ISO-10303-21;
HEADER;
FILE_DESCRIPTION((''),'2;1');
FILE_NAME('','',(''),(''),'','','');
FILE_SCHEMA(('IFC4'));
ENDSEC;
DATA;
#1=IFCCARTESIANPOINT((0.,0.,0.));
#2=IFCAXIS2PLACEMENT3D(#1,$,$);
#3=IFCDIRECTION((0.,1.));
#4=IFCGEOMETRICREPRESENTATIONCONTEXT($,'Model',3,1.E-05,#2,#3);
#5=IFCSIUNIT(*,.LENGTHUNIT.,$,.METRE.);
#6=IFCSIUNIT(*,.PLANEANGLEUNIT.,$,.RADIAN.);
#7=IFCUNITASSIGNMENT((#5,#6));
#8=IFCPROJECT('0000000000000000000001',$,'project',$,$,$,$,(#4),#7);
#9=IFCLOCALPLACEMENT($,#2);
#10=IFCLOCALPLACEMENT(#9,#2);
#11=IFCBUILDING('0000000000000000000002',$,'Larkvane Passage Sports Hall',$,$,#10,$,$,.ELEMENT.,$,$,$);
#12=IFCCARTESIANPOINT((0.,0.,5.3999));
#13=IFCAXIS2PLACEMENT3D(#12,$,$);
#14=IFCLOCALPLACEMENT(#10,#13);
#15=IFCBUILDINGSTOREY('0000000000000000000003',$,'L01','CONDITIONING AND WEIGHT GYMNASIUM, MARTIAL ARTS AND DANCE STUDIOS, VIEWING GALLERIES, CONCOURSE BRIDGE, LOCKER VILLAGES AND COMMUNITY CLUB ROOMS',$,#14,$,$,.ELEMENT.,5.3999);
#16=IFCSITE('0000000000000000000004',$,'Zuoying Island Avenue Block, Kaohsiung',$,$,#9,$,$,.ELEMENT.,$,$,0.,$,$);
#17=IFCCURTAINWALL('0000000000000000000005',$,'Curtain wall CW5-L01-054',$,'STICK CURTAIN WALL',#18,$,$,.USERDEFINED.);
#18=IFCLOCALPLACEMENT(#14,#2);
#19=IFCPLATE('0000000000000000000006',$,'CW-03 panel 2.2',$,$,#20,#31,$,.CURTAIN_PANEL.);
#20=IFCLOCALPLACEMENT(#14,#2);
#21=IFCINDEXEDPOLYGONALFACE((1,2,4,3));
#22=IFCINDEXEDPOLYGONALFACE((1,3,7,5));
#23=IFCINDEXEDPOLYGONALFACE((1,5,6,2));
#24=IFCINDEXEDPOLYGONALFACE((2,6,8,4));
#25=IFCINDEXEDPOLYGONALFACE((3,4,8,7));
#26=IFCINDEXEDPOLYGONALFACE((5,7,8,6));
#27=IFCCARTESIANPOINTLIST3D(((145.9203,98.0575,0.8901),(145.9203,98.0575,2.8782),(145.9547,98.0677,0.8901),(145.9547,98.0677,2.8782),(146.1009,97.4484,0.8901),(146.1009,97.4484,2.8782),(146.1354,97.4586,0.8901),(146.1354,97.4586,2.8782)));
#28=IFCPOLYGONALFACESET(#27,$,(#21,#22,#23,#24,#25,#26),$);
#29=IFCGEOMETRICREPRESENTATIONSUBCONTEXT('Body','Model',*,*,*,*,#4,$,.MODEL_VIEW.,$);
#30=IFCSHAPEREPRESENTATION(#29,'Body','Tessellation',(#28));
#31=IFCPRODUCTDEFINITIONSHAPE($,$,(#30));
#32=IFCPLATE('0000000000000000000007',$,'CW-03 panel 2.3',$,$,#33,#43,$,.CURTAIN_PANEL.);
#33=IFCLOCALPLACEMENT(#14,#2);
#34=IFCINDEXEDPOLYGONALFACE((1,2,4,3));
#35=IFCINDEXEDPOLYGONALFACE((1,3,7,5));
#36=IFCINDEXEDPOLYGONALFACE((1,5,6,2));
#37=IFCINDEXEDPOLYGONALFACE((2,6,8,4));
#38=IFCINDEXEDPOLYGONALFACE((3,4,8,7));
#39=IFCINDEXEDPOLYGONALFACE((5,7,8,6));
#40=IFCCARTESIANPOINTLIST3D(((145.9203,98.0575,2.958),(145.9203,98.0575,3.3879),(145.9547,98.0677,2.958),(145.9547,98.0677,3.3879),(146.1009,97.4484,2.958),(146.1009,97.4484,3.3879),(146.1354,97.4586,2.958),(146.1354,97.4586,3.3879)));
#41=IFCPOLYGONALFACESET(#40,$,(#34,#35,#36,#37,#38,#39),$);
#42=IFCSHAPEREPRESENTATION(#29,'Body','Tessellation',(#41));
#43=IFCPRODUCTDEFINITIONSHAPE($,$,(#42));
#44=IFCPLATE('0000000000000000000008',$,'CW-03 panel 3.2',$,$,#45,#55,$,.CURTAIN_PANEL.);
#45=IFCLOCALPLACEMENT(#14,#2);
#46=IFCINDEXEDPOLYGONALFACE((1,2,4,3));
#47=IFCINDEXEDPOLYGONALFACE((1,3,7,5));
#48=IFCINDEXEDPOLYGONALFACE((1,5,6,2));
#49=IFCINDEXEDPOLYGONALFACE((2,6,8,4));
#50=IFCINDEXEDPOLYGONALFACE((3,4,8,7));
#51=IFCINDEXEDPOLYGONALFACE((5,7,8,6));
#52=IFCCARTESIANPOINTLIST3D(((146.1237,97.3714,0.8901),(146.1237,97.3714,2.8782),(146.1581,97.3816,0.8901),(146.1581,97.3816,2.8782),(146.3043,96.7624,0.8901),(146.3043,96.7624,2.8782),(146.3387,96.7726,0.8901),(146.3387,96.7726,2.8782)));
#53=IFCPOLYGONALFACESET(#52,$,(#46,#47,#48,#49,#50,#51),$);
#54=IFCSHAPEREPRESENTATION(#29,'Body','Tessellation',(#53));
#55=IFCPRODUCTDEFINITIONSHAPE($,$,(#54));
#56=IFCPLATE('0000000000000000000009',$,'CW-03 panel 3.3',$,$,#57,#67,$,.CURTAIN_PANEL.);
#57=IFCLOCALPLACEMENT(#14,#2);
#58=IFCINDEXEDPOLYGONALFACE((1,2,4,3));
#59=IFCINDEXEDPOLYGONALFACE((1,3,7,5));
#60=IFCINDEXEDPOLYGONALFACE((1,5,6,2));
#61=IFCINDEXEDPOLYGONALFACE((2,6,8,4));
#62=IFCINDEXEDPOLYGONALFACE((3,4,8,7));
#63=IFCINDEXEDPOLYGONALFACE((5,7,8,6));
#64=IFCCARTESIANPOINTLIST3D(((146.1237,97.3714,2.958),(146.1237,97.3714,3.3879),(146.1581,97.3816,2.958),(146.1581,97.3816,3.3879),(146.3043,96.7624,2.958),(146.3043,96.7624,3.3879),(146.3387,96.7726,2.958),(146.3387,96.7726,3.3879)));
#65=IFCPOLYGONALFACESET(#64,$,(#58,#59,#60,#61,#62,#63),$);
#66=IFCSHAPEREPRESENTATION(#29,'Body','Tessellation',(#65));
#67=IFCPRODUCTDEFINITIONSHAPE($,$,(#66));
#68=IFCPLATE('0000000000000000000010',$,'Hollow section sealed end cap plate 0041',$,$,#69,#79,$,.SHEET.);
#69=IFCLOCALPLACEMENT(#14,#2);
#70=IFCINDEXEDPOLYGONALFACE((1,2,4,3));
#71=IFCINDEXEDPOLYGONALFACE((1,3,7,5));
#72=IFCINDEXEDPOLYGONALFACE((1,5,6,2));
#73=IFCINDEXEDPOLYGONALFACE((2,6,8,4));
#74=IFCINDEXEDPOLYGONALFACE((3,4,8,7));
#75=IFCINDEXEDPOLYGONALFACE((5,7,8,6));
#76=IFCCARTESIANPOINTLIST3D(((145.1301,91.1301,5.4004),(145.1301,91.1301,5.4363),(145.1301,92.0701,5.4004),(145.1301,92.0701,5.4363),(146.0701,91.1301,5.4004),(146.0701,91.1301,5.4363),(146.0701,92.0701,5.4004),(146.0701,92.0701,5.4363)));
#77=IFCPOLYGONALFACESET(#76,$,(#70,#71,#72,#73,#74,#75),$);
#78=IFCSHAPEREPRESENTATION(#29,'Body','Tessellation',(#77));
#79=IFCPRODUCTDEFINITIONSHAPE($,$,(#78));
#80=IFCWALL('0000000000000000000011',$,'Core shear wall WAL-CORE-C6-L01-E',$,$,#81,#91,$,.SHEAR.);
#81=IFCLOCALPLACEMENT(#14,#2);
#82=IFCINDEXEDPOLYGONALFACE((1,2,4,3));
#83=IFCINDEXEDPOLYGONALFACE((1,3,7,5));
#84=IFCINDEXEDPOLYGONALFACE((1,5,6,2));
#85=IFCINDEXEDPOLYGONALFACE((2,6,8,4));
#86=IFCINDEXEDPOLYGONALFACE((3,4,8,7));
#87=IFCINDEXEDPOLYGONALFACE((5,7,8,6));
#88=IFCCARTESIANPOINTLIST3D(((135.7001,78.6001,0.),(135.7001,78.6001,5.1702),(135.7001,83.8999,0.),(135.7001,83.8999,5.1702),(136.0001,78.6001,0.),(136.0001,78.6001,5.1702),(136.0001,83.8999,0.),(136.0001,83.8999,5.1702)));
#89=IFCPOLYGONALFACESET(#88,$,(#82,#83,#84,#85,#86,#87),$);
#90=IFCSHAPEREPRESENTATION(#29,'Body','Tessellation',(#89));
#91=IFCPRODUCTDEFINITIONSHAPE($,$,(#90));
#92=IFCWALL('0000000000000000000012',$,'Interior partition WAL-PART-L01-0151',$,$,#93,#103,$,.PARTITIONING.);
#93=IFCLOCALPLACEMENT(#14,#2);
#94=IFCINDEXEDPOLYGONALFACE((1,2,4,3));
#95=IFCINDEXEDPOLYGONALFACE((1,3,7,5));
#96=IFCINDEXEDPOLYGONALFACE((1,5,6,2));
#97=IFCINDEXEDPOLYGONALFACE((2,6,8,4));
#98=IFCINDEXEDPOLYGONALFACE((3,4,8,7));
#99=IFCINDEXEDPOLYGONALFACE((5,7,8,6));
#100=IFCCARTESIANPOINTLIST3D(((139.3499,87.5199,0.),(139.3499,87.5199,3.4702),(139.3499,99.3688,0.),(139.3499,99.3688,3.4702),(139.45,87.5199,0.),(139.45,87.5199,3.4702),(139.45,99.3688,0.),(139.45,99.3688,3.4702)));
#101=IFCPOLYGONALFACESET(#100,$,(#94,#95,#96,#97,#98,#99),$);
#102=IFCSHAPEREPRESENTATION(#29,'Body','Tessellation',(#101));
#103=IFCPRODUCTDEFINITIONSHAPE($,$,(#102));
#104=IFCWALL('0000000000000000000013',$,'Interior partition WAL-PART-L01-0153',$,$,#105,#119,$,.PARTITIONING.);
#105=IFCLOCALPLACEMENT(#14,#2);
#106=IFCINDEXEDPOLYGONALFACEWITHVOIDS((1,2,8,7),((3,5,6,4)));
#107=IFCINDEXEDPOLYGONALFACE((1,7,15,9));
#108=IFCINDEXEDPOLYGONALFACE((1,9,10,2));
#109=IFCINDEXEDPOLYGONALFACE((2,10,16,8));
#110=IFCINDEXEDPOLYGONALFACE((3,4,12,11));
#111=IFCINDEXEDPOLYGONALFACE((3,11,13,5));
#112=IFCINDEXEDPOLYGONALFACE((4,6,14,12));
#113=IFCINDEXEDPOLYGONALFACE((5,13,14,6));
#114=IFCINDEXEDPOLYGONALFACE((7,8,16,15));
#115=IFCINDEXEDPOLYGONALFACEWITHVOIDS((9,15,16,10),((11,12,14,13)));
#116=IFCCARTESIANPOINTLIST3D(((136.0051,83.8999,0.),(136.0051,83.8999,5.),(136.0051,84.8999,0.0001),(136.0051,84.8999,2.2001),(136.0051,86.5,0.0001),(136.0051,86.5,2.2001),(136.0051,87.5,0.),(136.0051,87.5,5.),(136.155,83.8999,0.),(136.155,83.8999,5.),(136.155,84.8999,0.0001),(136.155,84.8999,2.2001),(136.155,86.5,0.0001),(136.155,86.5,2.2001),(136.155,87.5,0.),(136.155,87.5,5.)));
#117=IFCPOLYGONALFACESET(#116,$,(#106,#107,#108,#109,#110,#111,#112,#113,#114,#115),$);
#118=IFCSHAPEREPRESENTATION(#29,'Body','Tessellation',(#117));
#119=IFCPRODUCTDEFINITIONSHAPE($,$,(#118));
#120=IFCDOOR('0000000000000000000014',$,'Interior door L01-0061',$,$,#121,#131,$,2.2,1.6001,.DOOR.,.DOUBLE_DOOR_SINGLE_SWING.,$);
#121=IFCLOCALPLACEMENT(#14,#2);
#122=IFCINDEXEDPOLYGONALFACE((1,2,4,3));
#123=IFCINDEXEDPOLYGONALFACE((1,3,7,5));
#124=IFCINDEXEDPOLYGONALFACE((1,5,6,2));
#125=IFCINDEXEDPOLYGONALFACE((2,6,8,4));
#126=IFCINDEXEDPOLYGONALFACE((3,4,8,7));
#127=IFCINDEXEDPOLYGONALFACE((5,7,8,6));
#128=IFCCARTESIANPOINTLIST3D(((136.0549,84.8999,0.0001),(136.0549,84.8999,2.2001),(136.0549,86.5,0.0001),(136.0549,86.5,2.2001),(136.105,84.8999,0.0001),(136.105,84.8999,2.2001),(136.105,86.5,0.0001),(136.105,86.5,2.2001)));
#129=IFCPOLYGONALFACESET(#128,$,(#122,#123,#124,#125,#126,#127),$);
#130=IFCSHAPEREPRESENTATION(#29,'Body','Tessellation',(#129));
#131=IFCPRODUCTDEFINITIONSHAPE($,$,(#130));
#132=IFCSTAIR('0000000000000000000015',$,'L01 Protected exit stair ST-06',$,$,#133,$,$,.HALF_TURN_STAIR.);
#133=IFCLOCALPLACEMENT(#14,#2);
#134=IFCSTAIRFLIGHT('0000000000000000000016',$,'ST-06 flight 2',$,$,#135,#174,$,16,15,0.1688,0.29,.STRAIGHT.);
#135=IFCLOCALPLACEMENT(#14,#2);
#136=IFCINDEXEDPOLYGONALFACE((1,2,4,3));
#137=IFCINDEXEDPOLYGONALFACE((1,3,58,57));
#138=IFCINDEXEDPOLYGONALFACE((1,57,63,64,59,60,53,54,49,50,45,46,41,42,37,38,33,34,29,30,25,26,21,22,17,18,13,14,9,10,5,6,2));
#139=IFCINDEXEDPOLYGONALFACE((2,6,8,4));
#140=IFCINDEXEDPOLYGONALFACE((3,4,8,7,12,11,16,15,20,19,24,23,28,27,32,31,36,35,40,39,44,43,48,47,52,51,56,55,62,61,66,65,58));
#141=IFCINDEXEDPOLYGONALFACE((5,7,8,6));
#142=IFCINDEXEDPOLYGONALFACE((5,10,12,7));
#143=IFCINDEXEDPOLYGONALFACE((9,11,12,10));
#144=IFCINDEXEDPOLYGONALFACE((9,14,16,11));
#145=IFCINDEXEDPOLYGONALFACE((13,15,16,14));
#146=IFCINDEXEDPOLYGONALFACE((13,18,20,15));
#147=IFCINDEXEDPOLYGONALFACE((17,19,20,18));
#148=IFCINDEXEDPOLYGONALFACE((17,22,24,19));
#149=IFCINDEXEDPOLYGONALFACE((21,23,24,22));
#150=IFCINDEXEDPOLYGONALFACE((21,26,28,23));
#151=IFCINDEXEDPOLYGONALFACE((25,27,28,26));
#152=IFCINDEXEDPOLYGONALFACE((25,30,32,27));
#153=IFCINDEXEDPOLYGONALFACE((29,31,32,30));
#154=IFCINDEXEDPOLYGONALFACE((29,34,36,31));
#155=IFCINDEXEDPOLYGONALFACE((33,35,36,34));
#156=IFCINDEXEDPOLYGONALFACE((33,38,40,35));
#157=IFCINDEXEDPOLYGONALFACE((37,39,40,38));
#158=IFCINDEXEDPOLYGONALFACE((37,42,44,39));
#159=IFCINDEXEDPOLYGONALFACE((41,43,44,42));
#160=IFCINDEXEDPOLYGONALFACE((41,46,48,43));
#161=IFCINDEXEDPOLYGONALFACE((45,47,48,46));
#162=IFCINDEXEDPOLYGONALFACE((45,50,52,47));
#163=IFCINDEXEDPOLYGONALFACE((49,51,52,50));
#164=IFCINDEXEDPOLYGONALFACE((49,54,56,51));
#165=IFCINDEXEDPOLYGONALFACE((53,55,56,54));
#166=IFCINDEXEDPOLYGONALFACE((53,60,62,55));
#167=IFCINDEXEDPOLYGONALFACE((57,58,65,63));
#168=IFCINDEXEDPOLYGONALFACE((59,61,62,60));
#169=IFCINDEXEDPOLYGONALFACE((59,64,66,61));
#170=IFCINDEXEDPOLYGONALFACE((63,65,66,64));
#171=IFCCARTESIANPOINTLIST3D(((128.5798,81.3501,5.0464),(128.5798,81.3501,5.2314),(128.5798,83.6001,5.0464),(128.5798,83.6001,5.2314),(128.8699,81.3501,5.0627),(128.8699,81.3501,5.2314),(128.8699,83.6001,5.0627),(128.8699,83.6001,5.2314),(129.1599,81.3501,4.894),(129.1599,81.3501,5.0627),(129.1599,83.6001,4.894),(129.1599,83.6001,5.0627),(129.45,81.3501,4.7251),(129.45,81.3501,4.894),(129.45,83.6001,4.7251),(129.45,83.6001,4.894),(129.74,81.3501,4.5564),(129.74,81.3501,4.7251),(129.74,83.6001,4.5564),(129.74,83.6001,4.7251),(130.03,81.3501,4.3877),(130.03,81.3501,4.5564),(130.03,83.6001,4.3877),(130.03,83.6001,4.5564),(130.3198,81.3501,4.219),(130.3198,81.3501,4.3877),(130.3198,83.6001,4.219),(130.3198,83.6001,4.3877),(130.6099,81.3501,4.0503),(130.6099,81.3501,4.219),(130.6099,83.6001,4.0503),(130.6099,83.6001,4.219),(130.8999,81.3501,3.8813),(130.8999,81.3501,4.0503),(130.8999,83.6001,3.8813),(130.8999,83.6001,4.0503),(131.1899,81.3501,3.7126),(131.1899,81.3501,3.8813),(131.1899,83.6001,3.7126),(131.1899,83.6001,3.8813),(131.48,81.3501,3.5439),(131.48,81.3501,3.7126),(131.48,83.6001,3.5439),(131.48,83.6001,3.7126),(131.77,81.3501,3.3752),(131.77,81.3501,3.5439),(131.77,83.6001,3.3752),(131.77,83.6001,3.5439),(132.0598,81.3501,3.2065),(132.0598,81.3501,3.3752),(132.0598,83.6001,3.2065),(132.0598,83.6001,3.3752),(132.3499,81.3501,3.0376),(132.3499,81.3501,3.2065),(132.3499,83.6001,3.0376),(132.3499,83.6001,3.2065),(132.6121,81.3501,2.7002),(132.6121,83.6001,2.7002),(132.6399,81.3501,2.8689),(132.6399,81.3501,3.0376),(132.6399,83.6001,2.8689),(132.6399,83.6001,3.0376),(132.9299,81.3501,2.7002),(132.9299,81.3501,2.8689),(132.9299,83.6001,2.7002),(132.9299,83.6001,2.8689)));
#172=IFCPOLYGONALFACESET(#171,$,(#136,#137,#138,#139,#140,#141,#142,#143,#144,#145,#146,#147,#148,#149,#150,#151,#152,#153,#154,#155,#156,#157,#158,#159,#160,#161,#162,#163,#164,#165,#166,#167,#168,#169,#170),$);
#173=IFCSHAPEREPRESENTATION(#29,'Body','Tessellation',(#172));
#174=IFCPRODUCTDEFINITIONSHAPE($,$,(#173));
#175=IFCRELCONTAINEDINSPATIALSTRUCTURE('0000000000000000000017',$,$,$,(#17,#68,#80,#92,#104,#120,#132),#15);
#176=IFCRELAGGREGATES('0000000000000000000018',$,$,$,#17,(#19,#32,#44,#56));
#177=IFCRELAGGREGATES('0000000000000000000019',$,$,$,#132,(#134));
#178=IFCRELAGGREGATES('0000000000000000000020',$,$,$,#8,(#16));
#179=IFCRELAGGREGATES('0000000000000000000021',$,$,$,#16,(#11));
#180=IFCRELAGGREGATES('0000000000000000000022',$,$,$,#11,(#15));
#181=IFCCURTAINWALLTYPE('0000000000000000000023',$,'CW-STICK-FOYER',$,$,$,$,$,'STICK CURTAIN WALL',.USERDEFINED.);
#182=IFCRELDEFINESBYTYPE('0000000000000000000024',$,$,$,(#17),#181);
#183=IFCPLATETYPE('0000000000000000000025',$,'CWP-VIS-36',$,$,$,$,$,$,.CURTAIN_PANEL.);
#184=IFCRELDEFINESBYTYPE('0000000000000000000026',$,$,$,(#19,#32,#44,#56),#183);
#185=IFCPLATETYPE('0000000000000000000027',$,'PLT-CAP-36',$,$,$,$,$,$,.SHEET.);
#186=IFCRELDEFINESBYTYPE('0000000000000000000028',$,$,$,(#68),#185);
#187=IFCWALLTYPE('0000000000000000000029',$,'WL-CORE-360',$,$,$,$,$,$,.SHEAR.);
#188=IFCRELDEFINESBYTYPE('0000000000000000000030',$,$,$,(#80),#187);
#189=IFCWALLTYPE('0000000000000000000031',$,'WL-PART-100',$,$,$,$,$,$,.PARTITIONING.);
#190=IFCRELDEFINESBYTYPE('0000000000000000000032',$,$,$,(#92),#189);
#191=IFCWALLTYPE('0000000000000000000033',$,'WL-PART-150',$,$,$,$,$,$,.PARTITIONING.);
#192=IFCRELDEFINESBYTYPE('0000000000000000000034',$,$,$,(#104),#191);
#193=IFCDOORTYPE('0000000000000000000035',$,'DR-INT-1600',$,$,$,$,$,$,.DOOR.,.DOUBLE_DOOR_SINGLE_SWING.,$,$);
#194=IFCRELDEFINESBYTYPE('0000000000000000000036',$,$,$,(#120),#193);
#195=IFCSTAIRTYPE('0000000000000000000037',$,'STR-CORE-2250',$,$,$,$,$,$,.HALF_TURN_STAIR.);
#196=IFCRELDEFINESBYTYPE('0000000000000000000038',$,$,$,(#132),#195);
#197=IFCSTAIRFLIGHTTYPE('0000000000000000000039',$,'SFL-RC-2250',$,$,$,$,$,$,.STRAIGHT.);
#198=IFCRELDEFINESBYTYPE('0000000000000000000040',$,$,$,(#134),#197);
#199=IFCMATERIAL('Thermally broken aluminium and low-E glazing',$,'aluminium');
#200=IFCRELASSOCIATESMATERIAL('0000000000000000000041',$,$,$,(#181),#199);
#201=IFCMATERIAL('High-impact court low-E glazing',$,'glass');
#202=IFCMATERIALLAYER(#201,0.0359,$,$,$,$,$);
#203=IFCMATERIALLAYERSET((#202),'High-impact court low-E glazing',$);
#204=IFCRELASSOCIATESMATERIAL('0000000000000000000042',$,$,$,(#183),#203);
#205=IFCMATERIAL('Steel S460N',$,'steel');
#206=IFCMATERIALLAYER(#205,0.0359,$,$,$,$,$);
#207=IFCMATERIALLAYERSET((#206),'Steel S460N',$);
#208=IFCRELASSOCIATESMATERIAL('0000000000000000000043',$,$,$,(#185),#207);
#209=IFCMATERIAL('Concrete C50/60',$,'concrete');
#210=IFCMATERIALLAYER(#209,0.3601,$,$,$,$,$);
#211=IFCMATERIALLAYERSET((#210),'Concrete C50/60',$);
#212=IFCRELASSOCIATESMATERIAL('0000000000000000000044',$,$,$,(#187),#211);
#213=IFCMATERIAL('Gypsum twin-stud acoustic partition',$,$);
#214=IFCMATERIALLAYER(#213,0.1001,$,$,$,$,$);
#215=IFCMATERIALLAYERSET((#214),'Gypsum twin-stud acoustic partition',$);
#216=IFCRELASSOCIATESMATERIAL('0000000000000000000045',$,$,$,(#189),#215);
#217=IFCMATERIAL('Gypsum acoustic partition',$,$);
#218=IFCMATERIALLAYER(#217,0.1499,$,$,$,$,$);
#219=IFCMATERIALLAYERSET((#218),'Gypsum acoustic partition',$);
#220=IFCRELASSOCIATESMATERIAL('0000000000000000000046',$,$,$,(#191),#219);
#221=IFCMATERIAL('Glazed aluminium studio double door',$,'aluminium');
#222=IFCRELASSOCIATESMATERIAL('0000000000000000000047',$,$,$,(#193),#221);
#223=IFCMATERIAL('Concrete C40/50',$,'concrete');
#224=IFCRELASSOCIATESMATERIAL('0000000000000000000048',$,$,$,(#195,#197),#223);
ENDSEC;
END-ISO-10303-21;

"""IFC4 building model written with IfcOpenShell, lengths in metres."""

from ifc_helpers import new_model, si_unit, direction, frame, frame_2d, origin, origin_2d, place, context, subcontext, project, spatial, polyline, rectangle, outline, extrude, material, layer, layer_set, type_object, element, fill, aggregate, save


model = new_model("IFC4")

# Units and contexts
model_context = context("Model", 3, precision=1e-05, world=origin(), true_north=direction((0.0, 1.0)))
body_context = subcontext(model_context, "Body", "Model", "MODEL_VIEW")
ifc_project = project(units=[si_unit("LENGTHUNIT", "METRE"), si_unit("PLANEANGLEUNIT", "RADIAN")], contexts=[model_context])

# Site, building, storey
site_placement = place(None, origin())
site = spatial("IfcSite", under=ifc_project, at=site_placement, Name="Zuoying Island Avenue Block, Kaohsiung", CompositionType="ELEMENT", RefElevation=0.0)
building_placement = place(site_placement, origin())
building = spatial("IfcBuilding", under=site, at=building_placement, Name="Larkvane Passage Sports Hall", CompositionType="ELEMENT")
storey_placement = place(building_placement, frame((0.0, 0.0, 5.3999)))
storey = spatial("IfcBuildingStorey", under=building, at=storey_placement, Name="L01", Description="CONDITIONING AND WEIGHT GYMNASIUM, MARTIAL ARTS AND DANCE STUDIOS, VIEWING GALLERIES, CONCOURSE BRIDGE, LOCKER VILLAGES AND COMMUNITY CLUB ROOMS", CompositionType="ELEMENT", Elevation=5.3999)

# Shared definitions
ifc_material_1 = material(Name="Steel S460N", Category="steel")

# Curtain wall
ifc_material_2 = material(Name="Thermally broken aluminium and low-E glazing", Category="aluminium")
curtain_wall_type = type_object("IfcCurtainWallType", Name="CW-STICK-FOYER", ElementType="STICK CURTAIN WALL", PredefinedType="USERDEFINED", material=ifc_material_2)
curtain_wall_placement = place(storey_placement, origin())
curtain_wall = element("IfcCurtainWall", 1, at=curtain_wall_placement, inside=storey, type_object=curtain_wall_type, Name="Curtain wall CW5-L01-054", ObjectType="STICK CURTAIN WALL", PredefinedType="USERDEFINED")

# Shared definitions
ifc_material_3 = material(Name="Concrete C40/50", Category="concrete")

# Plates
ifc_material_4 = material(Name="High-impact court low-E glazing", Category="glass")
ifc_layer_1 = layer(ifc_material_4, 0.0359)
ifc_layer_set_1 = layer_set([ifc_layer_1], Name="High-impact court low-E glazing")
plate_type_1 = type_object("IfcPlateType", Name="CWP-VIS-36", PredefinedType="CURTAIN_PANEL", material=ifc_layer_set_1)
plate_1_placement = place(storey_placement, frame((146.0278, 97.7581, 0.8901), z_axis=(0.0, 0.0, 1.0), x_axis=(0.284363, -0.958717, 0.0)))
plate_1 = element("IfcPlate", 2, at=plate_1_placement, type_object=plate_type_1, Name="CW-03 panel 2.2", PredefinedType="CURTAIN_PANEL", context=body_context, shape_type="SweptSolid", body=[
    extrude(rectangle(XDim=0.6353, YDim=0.0359, at=origin_2d()), origin(), (0.0, 0.0, 1.0), 1.988),
])
plate_2_placement = place(storey_placement, frame((146.0278, 97.7581, 2.958), z_axis=(0.0, 0.0, 1.0), x_axis=(0.284363, -0.958717, 0.0)))
plate_2 = element("IfcPlate", 3, at=plate_2_placement, type_object=plate_type_1, Name="CW-03 panel 2.3", PredefinedType="CURTAIN_PANEL", context=body_context, shape_type="SweptSolid", body=[
    extrude(rectangle(XDim=0.6353, YDim=0.0359, at=origin_2d()), origin(), (0.0, 0.0, 1.0), 0.4299),
])
plate_3_placement = place(storey_placement, frame((146.2312, 97.072, 0.8901), z_axis=(0.0, 0.0, 1.0), x_axis=(0.284363, -0.958717, 0.0)))
plate_3 = element("IfcPlate", 4, at=plate_3_placement, type_object=plate_type_1, Name="CW-03 panel 3.2", PredefinedType="CURTAIN_PANEL", context=body_context, shape_type="SweptSolid", body=[
    extrude(rectangle(XDim=0.6353, YDim=0.0359, at=origin_2d()), origin(), (0.0, 0.0, 1.0), 1.988),
])
plate_4_placement = place(storey_placement, frame((146.2312, 97.072, 2.958), z_axis=(0.0, 0.0, 1.0), x_axis=(0.284363, -0.958717, 0.0)))
plate_4 = element("IfcPlate", 5, at=plate_4_placement, type_object=plate_type_1, Name="CW-03 panel 3.3", PredefinedType="CURTAIN_PANEL", context=body_context, shape_type="SweptSolid", body=[
    extrude(rectangle(XDim=0.6353, YDim=0.0359, at=origin_2d()), origin(), (0.0, 0.0, 1.0), 0.4299),
])
aggregate(curtain_wall, [plate_1, plate_2, plate_3, plate_4])
ifc_layer_2 = layer(ifc_material_1, 0.0359)
ifc_layer_set_2 = layer_set([ifc_layer_2], Name="Steel S460N")
plate_type_2 = type_object("IfcPlateType", Name="PLT-CAP-36", PredefinedType="SHEET", material=ifc_layer_set_2)
plate_5_placement = place(storey_placement, frame((145.6001, 91.6001, 5.4004), z_axis=(0.0, 0.0, 1.0), x_axis=(1.0, 0.0, 0.0)))
element("IfcPlate", 6, at=plate_5_placement, inside=storey, type_object=plate_type_2, Name="Hollow section sealed end cap plate 0041", PredefinedType="SHEET", context=body_context, shape_type="SweptSolid", body=[
    extrude(rectangle(XDim=0.9399, YDim=0.9399, at=origin_2d()), origin(), (0.0, 0.0, 1.0), 0.0359),
])

# Walls
ifc_material_5 = material(Name="Concrete C50/60", Category="concrete")
ifc_layer_3 = layer(ifc_material_5, 0.3601)
ifc_layer_set_3 = layer_set([ifc_layer_3], Name="Concrete C50/60")
wall_type_1 = type_object("IfcWallType", Name="WL-CORE-360", PredefinedType="SHEAR", material=ifc_layer_set_3)
wall_1_placement = place(storey_placement, frame((135.8501, 83.8999, 0.0), z_axis=(0.0, 0.0, 1.0), x_axis=(0.0, -1.0, 0.0)))
element("IfcWall", 7, at=wall_1_placement, inside=storey, type_object=wall_type_1, Name="Core shear wall WAL-CORE-C6-L01-E", PredefinedType="SHEAR", context=body_context, shape_type="SweptSolid", body=[
    extrude(rectangle(XDim=5.2998, YDim=0.3, at=frame_2d((2.6499, 0.0))), origin(), (0.0, 0.0, 1.0), 5.1702),
])
ifc_material_6 = material(Name="Gypsum twin-stud acoustic partition")
ifc_layer_4 = layer(ifc_material_6, 0.1001)
ifc_layer_set_4 = layer_set([ifc_layer_4], Name="Gypsum twin-stud acoustic partition")
wall_type_2 = type_object("IfcWallType", Name="WL-PART-100", PredefinedType="PARTITIONING", material=ifc_layer_set_4)
wall_2_placement = place(storey_placement, frame((139.3999, 87.52, 0.0), z_axis=(0.0, 0.0, 1.0), x_axis=(0.0, 1.0, 0.0)))
element("IfcWall", 8, at=wall_2_placement, inside=storey, type_object=wall_type_2, Name="Interior partition WAL-PART-L01-0151", PredefinedType="PARTITIONING", context=body_context, shape_type="SweptSolid", body=[
    extrude(rectangle(XDim=11.8489, YDim=0.1001, at=frame_2d((5.9243, 0.0))), origin(), (0.0, 0.0, 1.0), 3.4702),
])

# Wall, opening, door
ifc_material_7 = material(Name="Gypsum acoustic partition")
ifc_layer_5 = layer(ifc_material_7, 0.1499)
ifc_layer_set_5 = layer_set([ifc_layer_5], Name="Gypsum acoustic partition")
wall_type_3 = type_object("IfcWallType", Name="WL-PART-150", PredefinedType="PARTITIONING", material=ifc_layer_set_5)
wall_3_placement = place(storey_placement, frame((136.0801, 87.5, 0.0), z_axis=(0.0, 0.0, 1.0), x_axis=(0.0, -1.0, 0.0)))
wall_3 = element("IfcWall", 9, at=wall_3_placement, inside=storey, type_object=wall_type_3, Name="Interior partition WAL-PART-L01-0153", PredefinedType="PARTITIONING", context=body_context, shape_type="SweptSolid", body=[
    extrude(rectangle(XDim=3.6001, YDim=0.1499, at=frame_2d((1.8, 0.0))), origin(), (0.0, 0.0, 1.0), 5.0),
])
opening_placement = place(wall_3_placement, frame((1.0, 0.0, 0.0)))
opening = element("IfcOpeningElement", 10, at=opening_placement, cuts=wall_3, PredefinedType="OPENING", context=body_context, shape_type="SweptSolid", body=[
    extrude(rectangle(XDim=1.6001, YDim=2.2, at=frame_2d((0.8, 1.1001))), frame((0.0, 0.085, 0.0), z_axis=(0.0, -1.0, 0.0), x_axis=(1.0, 0.0, 0.0)), (0.0, 0.0, 1.0), 0.1699),
])
ifc_material_8 = material(Name="Glazed aluminium studio double door", Category="aluminium")
door_type = type_object("IfcDoorType", Name="DR-INT-1600", OperationType="DOUBLE_DOOR_SINGLE_SWING", PredefinedType="DOOR", material=ifc_material_8)
door_placement = place(opening_placement, origin())
door = element("IfcDoor", 11, at=door_placement, inside=storey, type_object=door_type, Name="Interior door L01-0061", OperationType="DOUBLE_DOOR_SINGLE_SWING", OverallHeight=2.2, OverallWidth=1.6001, PredefinedType="DOOR", context=body_context, shape_type="SweptSolid", body=[
    extrude(rectangle(XDim=1.6001, YDim=2.2, at=frame_2d((0.8, 1.1001))), frame((0.0, 0.0249, 0.0), z_axis=(0.0, -1.0, 0.0), x_axis=(1.0, 0.0, 0.0)), (0.0, 0.0, 1.0), 0.05),
])
fill(opening, door)

# Stair, stair flight
stair_type = type_object("IfcStairType", Name="STR-CORE-2250", PredefinedType="HALF_TURN_STAIR", material=ifc_material_3)
stair_placement = place(storey_placement, origin())
stair = element("IfcStair", 12, at=stair_placement, inside=storey, type_object=stair_type, Name="L01 Protected exit stair ST-06", PredefinedType="HALF_TURN_STAIR")
stair_flight_type = type_object("IfcStairFlightType", Name="SFL-RC-2250", PredefinedType="STRAIGHT", material=ifc_material_3)
stair_flight_placement = place(storey_placement, frame((132.9299, 82.4751, 2.7002), z_axis=(0.0, 0.0, 1.0), x_axis=(-1.0, 0.0, 0.0)))
stair_flight = element("IfcStairFlight", 13, at=stair_flight_placement, type_object=stair_flight_type, Name="ST-06 flight 2", NumberOfRisers=16, NumberOfTreads=15, PredefinedType="STRAIGHT", RiserHeight=0.1688, TreadLength=0.29, context=body_context, shape_type="SweptSolid", body=[
    extrude(outline(polyline([(0.0, 0.0), (0.0, 0.1687), (0.29, 0.1687), (0.29, 0.3374), (0.5801, 0.3374), (0.5801, 0.5063), (0.8701, 0.5063), (0.8701, 0.675), (1.1599, 0.675), (1.1599, 0.8438), (1.45, 0.8438), (1.45, 1.0125), (1.74, 1.0125), (1.74, 1.1812), (2.03, 1.1812), (2.03, 1.3501), (2.3201, 1.3501), (2.3201, 1.5188), (2.6101, 1.5188), (2.6101, 1.6875), (2.8999, 1.6875), (2.8999, 1.8562), (3.1899, 1.8562), (3.1899, 2.0249), (3.48, 2.0249), (3.48, 2.1938), (3.77, 2.1938), (3.77, 2.3625), (4.0601, 2.3625), (4.0601, 2.5312), (4.3501, 2.5312), (4.3501, 2.7), (4.3501, 2.3462), (0.3179, 0.0), (0.0, 0.0)])), frame((0.0, 1.125, 0.0), z_axis=(0.0, -1.0, 0.0), x_axis=(1.0, 0.0, 0.0)), (0.0, 0.0, 1.0), 2.25),
])
aggregate(stair, [stair_flight])

save(model, "model.ifc")
